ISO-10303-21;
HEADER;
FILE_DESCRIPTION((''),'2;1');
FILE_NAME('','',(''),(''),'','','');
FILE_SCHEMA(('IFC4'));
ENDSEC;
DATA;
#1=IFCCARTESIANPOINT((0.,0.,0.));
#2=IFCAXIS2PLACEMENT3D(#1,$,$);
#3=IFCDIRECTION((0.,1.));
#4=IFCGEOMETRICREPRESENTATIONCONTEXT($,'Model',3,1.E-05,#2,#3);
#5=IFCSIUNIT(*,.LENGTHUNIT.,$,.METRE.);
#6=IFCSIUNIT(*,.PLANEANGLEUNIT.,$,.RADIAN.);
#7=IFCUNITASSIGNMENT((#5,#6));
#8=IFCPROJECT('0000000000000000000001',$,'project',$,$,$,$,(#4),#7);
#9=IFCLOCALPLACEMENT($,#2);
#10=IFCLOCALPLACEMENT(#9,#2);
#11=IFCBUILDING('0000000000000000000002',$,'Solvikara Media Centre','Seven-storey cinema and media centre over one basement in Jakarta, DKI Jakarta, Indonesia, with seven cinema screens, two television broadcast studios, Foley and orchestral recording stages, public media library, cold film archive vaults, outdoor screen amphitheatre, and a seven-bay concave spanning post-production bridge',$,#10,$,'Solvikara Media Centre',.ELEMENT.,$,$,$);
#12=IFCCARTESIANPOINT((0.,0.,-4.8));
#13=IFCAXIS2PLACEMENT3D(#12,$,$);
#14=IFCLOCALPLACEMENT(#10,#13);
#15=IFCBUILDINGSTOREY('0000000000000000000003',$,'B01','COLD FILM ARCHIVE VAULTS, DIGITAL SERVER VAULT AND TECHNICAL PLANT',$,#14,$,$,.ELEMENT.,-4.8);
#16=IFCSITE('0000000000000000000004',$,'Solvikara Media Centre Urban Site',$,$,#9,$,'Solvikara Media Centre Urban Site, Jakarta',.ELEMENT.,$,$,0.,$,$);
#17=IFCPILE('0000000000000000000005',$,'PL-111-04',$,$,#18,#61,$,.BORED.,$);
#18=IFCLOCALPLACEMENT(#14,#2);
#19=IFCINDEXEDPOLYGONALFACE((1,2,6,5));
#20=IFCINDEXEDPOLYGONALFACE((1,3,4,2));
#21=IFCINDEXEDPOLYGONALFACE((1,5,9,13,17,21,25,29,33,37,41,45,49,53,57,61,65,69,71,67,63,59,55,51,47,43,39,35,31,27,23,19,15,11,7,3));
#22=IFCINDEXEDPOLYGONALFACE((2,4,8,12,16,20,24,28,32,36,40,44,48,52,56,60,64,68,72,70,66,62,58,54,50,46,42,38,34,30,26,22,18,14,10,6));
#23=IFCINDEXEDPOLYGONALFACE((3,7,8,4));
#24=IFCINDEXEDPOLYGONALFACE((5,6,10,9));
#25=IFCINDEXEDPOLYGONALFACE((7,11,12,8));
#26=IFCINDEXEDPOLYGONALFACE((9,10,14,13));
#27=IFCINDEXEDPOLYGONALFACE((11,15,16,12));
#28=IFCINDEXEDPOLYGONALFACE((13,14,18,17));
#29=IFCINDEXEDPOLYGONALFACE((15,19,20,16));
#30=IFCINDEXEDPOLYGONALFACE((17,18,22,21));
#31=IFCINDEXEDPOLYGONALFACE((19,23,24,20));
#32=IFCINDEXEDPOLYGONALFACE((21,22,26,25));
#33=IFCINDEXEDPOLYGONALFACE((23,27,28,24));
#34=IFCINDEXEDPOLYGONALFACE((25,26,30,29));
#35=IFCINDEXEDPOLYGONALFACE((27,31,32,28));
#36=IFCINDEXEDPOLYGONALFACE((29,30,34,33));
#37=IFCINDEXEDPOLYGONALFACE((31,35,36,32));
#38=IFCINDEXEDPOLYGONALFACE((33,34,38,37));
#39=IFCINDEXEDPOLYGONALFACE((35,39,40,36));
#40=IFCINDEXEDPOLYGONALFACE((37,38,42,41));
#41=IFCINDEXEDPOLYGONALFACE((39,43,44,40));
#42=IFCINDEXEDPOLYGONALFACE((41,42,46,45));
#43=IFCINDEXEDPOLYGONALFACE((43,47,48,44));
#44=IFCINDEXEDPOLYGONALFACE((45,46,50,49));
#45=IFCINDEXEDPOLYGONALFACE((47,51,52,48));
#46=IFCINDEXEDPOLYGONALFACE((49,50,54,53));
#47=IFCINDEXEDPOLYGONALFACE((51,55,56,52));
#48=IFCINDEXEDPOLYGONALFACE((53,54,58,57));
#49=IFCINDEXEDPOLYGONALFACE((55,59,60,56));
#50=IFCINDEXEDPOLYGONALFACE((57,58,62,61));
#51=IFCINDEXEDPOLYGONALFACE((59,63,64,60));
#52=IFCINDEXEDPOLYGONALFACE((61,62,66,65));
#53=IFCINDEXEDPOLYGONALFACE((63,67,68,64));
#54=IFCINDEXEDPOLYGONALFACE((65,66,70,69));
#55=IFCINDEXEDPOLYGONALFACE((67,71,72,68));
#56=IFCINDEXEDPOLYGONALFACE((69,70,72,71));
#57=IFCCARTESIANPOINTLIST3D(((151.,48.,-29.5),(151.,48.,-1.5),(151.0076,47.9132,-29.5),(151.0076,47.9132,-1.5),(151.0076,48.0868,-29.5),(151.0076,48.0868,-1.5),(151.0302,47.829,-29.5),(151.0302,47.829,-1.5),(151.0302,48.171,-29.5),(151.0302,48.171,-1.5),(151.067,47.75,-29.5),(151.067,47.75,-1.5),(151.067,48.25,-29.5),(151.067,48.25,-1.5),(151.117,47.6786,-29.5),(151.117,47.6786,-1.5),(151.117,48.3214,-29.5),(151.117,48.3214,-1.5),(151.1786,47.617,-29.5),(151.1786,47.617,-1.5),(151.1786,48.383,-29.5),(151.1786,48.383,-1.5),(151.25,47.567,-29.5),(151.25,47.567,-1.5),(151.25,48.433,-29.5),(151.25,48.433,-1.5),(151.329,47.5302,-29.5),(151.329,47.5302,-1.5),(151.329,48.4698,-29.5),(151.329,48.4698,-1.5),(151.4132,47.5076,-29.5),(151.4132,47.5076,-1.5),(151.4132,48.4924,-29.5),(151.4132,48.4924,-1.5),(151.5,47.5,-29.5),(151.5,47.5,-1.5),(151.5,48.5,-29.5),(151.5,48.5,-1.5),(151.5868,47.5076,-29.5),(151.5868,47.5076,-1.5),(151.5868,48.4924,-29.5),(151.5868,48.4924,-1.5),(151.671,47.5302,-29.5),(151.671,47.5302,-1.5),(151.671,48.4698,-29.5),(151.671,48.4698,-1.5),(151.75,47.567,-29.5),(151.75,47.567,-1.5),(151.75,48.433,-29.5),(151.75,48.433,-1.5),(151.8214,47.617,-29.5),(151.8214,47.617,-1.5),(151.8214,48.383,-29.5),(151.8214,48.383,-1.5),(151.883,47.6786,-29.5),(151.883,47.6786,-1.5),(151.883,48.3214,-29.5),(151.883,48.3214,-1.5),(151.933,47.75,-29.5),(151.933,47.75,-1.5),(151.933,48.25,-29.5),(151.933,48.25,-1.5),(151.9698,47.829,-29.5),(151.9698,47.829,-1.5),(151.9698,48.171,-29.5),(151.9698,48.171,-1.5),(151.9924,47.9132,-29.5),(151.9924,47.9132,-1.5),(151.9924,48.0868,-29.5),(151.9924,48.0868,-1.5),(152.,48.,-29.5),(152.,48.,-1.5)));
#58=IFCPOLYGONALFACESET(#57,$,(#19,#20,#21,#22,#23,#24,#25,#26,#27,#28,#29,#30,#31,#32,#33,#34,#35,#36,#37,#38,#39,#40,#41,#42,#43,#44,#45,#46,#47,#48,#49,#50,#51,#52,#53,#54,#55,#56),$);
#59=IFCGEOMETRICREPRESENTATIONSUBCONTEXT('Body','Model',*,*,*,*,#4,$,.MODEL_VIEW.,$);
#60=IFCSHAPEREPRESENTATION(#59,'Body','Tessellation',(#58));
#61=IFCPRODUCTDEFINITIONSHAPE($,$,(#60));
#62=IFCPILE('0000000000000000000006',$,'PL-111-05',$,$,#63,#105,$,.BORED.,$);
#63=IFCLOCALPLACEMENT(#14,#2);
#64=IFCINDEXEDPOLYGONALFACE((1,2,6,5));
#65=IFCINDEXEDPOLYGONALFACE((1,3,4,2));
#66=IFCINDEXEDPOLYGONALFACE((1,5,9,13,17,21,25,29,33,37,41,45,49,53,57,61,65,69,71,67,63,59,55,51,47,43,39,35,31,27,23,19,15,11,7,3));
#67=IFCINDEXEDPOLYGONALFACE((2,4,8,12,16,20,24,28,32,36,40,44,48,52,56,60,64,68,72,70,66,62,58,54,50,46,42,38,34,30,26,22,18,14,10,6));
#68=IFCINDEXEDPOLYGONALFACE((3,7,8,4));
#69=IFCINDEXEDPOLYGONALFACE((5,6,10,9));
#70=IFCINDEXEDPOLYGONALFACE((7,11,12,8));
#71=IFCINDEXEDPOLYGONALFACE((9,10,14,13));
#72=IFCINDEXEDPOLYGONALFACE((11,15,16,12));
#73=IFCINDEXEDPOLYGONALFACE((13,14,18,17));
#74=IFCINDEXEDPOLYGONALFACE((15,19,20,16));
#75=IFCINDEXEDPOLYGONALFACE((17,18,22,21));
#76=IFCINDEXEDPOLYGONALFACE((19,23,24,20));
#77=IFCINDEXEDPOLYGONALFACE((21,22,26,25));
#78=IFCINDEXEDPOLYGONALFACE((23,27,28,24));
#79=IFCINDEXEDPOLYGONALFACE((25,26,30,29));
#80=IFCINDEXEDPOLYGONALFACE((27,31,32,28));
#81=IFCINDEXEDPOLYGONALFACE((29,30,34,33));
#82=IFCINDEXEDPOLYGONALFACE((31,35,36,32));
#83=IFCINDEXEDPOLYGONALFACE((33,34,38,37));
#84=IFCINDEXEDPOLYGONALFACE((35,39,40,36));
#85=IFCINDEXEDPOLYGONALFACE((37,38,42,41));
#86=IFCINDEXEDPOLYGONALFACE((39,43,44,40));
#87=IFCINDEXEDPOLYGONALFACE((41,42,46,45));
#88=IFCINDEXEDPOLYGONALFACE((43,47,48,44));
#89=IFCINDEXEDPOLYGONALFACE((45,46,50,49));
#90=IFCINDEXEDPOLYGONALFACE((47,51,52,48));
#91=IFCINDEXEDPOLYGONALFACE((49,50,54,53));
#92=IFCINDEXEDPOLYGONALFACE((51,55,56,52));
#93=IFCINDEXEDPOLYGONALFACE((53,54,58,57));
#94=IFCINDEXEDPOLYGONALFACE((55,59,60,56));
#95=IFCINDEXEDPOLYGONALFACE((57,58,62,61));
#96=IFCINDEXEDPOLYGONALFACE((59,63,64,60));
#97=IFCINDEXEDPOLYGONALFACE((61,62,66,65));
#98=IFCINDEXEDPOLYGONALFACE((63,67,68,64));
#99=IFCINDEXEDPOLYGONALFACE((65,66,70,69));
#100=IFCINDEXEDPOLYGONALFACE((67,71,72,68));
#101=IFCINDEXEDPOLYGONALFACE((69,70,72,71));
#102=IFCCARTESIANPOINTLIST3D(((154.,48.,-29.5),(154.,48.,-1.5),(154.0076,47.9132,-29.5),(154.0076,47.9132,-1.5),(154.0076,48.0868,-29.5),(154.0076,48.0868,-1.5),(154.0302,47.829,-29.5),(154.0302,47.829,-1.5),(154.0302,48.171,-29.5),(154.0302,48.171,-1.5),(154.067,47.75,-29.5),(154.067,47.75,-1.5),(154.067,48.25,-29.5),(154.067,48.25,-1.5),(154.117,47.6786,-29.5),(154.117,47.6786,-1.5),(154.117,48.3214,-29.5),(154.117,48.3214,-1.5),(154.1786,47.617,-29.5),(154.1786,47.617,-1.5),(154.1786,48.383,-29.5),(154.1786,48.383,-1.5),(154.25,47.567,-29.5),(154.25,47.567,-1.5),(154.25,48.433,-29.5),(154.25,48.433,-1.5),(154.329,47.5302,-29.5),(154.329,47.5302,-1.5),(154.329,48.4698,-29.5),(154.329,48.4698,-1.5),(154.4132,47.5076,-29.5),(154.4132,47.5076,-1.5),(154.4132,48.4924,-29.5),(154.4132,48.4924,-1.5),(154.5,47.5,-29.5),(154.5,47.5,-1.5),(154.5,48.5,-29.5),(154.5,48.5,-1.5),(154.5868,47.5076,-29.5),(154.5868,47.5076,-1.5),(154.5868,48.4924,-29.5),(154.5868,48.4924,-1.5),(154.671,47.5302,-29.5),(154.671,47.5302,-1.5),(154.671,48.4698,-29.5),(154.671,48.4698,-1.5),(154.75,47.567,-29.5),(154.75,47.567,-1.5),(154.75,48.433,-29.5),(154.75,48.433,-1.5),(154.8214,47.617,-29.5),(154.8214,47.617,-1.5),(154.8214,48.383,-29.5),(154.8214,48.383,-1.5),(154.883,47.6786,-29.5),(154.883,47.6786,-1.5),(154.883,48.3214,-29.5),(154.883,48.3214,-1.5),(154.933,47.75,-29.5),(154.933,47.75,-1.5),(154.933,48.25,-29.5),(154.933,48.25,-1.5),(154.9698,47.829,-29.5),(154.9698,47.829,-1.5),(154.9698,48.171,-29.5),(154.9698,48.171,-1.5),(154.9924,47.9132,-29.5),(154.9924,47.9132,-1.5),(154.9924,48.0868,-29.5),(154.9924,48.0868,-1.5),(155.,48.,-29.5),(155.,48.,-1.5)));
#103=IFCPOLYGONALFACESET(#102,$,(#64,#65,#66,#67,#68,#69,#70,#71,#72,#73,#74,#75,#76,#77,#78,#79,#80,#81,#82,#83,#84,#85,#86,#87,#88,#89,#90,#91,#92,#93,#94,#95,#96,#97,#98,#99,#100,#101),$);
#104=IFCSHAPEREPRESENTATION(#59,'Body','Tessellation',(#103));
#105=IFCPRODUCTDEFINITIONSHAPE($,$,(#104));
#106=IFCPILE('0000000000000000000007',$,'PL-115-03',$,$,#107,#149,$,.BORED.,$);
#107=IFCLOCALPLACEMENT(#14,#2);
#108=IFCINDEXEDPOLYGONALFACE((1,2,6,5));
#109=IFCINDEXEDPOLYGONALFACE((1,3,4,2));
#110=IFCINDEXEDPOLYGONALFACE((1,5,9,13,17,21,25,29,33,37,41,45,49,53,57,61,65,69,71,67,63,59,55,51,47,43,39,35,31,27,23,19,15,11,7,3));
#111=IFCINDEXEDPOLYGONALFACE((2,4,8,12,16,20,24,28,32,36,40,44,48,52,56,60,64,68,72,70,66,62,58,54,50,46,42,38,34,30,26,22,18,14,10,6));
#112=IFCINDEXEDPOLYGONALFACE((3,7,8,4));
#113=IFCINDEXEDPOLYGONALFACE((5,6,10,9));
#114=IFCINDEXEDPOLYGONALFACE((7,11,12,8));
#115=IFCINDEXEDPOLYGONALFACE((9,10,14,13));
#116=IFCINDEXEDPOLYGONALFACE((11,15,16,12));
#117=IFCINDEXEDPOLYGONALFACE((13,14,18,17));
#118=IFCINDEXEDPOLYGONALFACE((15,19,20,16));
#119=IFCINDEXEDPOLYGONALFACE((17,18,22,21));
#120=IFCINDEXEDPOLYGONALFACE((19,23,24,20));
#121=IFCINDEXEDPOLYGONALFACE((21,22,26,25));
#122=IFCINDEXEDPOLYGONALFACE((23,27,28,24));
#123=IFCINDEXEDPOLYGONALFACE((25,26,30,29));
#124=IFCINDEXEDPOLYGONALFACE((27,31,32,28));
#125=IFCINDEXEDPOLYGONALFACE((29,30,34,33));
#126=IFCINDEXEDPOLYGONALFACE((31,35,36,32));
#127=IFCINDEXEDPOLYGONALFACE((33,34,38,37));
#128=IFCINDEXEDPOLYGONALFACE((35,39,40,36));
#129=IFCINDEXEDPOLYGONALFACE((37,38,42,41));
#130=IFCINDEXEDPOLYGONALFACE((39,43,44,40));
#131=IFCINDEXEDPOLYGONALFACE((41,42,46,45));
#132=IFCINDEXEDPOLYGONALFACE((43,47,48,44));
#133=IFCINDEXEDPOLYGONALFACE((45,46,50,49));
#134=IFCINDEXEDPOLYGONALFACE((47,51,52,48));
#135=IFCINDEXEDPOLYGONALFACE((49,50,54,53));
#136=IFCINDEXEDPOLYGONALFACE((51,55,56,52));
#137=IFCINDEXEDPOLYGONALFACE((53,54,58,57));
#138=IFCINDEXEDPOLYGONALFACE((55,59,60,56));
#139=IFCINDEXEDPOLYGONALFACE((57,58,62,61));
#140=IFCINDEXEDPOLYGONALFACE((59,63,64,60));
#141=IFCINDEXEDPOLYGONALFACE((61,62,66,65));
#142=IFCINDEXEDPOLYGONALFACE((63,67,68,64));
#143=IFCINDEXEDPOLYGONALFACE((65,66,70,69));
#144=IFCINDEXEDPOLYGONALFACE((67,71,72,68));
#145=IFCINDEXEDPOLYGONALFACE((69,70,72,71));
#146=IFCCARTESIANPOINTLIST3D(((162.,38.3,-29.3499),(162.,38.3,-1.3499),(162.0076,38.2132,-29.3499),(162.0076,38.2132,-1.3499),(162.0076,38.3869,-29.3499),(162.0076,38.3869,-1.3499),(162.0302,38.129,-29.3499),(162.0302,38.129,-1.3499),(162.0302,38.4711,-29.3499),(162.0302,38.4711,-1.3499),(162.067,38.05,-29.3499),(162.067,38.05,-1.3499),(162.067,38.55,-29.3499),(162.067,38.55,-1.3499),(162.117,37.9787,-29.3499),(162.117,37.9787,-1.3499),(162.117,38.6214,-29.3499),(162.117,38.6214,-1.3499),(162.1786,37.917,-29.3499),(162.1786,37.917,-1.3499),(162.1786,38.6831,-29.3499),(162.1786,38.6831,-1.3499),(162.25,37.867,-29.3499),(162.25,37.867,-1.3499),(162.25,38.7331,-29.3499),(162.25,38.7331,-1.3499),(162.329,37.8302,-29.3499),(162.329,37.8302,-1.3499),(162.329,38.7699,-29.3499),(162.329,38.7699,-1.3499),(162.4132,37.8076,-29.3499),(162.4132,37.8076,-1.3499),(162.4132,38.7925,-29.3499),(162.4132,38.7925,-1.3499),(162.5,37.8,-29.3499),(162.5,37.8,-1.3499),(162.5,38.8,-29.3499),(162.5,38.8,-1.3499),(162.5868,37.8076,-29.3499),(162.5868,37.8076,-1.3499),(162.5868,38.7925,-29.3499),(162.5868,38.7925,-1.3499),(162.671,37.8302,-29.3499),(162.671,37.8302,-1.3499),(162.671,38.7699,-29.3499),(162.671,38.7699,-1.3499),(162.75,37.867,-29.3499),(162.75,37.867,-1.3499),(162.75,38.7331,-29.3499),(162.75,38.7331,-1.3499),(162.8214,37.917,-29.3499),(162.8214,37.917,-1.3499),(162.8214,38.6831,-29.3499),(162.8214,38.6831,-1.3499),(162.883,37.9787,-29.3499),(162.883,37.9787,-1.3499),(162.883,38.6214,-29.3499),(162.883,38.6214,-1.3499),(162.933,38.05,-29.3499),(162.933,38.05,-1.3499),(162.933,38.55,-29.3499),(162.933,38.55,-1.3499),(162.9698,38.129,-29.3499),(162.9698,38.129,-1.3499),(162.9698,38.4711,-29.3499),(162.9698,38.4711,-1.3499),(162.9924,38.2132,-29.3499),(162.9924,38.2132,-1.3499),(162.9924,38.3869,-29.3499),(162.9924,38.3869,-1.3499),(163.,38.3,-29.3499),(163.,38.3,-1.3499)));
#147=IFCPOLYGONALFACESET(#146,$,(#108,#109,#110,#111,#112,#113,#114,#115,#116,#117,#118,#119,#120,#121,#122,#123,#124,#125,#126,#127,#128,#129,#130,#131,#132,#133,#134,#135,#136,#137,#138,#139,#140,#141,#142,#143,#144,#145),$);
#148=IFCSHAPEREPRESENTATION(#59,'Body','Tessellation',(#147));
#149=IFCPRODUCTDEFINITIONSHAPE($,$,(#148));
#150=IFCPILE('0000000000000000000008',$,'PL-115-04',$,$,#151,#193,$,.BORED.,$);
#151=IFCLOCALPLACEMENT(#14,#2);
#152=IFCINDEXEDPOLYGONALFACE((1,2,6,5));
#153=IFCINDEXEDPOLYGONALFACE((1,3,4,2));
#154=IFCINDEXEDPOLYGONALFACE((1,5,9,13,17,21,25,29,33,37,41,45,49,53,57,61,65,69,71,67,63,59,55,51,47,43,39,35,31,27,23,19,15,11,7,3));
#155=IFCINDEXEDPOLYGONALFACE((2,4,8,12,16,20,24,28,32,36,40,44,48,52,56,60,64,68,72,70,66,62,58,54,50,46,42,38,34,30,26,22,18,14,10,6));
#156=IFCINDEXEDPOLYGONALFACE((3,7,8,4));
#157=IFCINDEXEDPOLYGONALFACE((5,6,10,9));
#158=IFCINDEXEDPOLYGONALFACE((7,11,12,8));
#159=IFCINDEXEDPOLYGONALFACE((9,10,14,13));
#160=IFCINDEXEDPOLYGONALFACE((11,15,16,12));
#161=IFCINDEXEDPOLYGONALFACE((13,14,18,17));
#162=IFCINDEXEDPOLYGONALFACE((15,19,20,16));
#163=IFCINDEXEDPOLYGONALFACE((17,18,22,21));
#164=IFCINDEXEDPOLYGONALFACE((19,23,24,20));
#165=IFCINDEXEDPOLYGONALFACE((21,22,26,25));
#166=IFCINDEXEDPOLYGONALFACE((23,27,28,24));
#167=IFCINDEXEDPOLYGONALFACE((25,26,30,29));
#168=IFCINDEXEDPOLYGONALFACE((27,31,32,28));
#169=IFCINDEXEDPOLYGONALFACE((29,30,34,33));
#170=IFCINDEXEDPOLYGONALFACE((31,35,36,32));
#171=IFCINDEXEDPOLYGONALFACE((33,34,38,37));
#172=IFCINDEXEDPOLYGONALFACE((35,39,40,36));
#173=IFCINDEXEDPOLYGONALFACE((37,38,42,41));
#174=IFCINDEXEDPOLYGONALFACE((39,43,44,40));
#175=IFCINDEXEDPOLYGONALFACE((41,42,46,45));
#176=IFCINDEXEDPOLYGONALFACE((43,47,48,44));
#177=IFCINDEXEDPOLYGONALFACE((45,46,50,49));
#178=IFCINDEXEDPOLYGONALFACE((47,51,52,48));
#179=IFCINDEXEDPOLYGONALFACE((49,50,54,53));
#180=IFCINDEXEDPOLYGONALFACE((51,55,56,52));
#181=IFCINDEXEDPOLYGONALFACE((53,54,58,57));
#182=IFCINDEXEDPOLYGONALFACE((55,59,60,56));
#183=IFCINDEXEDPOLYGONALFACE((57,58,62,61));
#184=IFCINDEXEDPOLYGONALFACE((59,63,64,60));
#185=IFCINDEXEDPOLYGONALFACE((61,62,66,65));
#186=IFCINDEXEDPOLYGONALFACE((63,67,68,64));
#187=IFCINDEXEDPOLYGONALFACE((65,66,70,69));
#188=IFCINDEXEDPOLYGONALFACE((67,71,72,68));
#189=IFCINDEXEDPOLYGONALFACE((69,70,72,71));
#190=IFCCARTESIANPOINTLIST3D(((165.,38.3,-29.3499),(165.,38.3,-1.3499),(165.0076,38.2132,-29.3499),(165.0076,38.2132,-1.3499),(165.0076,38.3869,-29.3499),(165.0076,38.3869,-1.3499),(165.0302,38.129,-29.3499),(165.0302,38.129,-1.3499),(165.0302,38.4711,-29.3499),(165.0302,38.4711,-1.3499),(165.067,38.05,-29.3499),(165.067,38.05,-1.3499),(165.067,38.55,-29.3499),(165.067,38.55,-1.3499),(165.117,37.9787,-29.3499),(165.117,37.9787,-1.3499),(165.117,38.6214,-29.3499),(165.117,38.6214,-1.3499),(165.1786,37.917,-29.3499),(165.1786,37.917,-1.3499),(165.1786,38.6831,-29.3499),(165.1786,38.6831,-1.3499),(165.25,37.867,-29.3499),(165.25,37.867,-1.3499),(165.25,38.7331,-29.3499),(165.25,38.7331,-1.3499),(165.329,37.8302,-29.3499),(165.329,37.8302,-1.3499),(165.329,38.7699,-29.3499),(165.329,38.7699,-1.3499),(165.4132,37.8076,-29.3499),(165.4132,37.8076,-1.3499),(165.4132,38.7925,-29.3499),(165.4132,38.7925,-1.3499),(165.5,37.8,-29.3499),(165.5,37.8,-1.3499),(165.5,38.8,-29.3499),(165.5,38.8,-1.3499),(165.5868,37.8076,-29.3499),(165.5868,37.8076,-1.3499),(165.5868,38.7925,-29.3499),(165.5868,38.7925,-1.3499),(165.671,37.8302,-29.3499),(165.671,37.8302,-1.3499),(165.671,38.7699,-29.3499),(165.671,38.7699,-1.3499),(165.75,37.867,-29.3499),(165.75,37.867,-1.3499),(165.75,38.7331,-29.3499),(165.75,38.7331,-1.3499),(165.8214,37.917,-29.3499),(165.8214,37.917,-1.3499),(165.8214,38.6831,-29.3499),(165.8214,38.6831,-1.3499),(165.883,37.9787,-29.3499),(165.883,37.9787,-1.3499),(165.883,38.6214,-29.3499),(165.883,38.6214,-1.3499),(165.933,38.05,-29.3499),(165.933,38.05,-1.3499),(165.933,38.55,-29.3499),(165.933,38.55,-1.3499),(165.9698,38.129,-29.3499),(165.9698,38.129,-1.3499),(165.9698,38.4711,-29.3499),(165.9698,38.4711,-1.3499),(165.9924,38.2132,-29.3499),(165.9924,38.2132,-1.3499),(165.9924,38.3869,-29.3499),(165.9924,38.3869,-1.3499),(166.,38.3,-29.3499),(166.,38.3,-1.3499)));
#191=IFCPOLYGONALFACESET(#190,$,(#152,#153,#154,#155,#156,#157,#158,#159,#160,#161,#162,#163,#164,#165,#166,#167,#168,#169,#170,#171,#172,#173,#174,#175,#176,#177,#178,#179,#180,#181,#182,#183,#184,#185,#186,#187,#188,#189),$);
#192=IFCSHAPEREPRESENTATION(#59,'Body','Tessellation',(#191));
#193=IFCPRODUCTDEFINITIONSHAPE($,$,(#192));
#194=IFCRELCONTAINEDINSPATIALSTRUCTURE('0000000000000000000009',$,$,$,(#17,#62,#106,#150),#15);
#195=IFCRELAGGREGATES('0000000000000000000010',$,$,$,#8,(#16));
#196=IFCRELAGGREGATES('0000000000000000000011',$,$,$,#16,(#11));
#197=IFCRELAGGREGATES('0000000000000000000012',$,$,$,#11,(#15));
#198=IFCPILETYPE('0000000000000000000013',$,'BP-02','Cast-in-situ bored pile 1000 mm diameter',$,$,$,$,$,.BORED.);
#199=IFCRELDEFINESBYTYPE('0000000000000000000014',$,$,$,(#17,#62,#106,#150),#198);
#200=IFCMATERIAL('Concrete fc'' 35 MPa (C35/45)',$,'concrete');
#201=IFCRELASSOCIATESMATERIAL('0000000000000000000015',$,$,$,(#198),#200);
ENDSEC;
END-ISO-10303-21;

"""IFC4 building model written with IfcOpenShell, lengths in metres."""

from ifc_helpers import new_model, si_unit, direction, frame, origin, origin_2d, place, context, subcontext, project, spatial, circle, extrude, material, material_profile, profile_set, type_object, element, save


model = new_model("IFC4")

# Units and contexts
model_context = context("Model", 3, precision=1e-05, world=origin(), true_north=direction((0.0, 1.0)))
body_context = subcontext(model_context, "Body", "Model", "MODEL_VIEW")
ifc_project = project(units=[si_unit("LENGTHUNIT", "METRE"), si_unit("PLANEANGLEUNIT", "RADIAN")], contexts=[model_context])

# Site, building, storey
site_placement = place(None, origin())
site = spatial("IfcSite", under=ifc_project, at=site_placement, Name="Solvikara Media Centre Urban Site", LongName="Solvikara Media Centre Urban Site, Jakarta", CompositionType="ELEMENT", RefElevation=0.0)
building_placement = place(site_placement, origin())
building = spatial("IfcBuilding", under=site, at=building_placement, Name="Solvikara Media Centre", Description="Seven-storey cinema and media centre over one basement in Jakarta, DKI Jakarta, Indonesia, with seven cinema screens, two television broadcast studios, Foley and orchestral recording stages, public media library, cold film archive vaults, outdoor screen amphitheatre, and a seven-bay concave spanning post-production bridge", LongName="Solvikara Media Centre", CompositionType="ELEMENT")
storey_placement = place(building_placement, frame((0.0, 0.0, -4.8)))
storey = spatial("IfcBuildingStorey", under=building, at=storey_placement, Name="B01", Description="COLD FILM ARCHIVE VAULTS, DIGITAL SERVER VAULT AND TECHNICAL PLANT", CompositionType="ELEMENT", Elevation=-4.8)

# Piles
ifc_material_1 = material(Name="Concrete fc' 35 MPa (C35/45)", Category="concrete")
ifc_material_profile_1 = material_profile(ifc_material_1, circle(Radius=0.5, at=origin_2d()), Name="BORED PILE D1000")
ifc_profile_set_1 = profile_set([ifc_material_profile_1], Name="Concrete fc' 35 MPa (C35/45)")
pile_type_1 = type_object("IfcPileType", Name="BP-02", Description="Cast-in-situ bored pile 1000 mm diameter", PredefinedType="BORED", material=ifc_profile_set_1)
for number, where, z_axis, x_axis, name in (
    (1, (151.5, 48.0, -1.5), (0.0, 0.0, -1.0), (1.0, 0.0, 0.0), "PL-111-04"),
    (2, (154.5, 48.0, -1.5), (0.0, 0.0, -1.0), (1.0, 0.0, 0.0), "PL-111-05"),
    (3, (162.5, 38.3, -1.3499), (0.0, 0.0, -1.0), (1.0, 0.0, 0.0), "PL-115-03"),
    (4, (165.5, 38.3, -1.3499), (0.0, 0.0, -1.0), (1.0, 0.0, 0.0), "PL-115-04"),
):
    element("IfcPile", number, at=place(storey_placement, frame(where, z_axis=z_axis, x_axis=x_axis)), inside=storey, type_object=pile_type_1, Name=name, PredefinedType="BORED", context=body_context, shape_type="SweptSolid", body=[
        extrude(circle(Radius=0.5, at=origin_2d()), origin(), (0.0, 0.0, 1.0), 28.0),
    ])

save(model, "model.ifc")
